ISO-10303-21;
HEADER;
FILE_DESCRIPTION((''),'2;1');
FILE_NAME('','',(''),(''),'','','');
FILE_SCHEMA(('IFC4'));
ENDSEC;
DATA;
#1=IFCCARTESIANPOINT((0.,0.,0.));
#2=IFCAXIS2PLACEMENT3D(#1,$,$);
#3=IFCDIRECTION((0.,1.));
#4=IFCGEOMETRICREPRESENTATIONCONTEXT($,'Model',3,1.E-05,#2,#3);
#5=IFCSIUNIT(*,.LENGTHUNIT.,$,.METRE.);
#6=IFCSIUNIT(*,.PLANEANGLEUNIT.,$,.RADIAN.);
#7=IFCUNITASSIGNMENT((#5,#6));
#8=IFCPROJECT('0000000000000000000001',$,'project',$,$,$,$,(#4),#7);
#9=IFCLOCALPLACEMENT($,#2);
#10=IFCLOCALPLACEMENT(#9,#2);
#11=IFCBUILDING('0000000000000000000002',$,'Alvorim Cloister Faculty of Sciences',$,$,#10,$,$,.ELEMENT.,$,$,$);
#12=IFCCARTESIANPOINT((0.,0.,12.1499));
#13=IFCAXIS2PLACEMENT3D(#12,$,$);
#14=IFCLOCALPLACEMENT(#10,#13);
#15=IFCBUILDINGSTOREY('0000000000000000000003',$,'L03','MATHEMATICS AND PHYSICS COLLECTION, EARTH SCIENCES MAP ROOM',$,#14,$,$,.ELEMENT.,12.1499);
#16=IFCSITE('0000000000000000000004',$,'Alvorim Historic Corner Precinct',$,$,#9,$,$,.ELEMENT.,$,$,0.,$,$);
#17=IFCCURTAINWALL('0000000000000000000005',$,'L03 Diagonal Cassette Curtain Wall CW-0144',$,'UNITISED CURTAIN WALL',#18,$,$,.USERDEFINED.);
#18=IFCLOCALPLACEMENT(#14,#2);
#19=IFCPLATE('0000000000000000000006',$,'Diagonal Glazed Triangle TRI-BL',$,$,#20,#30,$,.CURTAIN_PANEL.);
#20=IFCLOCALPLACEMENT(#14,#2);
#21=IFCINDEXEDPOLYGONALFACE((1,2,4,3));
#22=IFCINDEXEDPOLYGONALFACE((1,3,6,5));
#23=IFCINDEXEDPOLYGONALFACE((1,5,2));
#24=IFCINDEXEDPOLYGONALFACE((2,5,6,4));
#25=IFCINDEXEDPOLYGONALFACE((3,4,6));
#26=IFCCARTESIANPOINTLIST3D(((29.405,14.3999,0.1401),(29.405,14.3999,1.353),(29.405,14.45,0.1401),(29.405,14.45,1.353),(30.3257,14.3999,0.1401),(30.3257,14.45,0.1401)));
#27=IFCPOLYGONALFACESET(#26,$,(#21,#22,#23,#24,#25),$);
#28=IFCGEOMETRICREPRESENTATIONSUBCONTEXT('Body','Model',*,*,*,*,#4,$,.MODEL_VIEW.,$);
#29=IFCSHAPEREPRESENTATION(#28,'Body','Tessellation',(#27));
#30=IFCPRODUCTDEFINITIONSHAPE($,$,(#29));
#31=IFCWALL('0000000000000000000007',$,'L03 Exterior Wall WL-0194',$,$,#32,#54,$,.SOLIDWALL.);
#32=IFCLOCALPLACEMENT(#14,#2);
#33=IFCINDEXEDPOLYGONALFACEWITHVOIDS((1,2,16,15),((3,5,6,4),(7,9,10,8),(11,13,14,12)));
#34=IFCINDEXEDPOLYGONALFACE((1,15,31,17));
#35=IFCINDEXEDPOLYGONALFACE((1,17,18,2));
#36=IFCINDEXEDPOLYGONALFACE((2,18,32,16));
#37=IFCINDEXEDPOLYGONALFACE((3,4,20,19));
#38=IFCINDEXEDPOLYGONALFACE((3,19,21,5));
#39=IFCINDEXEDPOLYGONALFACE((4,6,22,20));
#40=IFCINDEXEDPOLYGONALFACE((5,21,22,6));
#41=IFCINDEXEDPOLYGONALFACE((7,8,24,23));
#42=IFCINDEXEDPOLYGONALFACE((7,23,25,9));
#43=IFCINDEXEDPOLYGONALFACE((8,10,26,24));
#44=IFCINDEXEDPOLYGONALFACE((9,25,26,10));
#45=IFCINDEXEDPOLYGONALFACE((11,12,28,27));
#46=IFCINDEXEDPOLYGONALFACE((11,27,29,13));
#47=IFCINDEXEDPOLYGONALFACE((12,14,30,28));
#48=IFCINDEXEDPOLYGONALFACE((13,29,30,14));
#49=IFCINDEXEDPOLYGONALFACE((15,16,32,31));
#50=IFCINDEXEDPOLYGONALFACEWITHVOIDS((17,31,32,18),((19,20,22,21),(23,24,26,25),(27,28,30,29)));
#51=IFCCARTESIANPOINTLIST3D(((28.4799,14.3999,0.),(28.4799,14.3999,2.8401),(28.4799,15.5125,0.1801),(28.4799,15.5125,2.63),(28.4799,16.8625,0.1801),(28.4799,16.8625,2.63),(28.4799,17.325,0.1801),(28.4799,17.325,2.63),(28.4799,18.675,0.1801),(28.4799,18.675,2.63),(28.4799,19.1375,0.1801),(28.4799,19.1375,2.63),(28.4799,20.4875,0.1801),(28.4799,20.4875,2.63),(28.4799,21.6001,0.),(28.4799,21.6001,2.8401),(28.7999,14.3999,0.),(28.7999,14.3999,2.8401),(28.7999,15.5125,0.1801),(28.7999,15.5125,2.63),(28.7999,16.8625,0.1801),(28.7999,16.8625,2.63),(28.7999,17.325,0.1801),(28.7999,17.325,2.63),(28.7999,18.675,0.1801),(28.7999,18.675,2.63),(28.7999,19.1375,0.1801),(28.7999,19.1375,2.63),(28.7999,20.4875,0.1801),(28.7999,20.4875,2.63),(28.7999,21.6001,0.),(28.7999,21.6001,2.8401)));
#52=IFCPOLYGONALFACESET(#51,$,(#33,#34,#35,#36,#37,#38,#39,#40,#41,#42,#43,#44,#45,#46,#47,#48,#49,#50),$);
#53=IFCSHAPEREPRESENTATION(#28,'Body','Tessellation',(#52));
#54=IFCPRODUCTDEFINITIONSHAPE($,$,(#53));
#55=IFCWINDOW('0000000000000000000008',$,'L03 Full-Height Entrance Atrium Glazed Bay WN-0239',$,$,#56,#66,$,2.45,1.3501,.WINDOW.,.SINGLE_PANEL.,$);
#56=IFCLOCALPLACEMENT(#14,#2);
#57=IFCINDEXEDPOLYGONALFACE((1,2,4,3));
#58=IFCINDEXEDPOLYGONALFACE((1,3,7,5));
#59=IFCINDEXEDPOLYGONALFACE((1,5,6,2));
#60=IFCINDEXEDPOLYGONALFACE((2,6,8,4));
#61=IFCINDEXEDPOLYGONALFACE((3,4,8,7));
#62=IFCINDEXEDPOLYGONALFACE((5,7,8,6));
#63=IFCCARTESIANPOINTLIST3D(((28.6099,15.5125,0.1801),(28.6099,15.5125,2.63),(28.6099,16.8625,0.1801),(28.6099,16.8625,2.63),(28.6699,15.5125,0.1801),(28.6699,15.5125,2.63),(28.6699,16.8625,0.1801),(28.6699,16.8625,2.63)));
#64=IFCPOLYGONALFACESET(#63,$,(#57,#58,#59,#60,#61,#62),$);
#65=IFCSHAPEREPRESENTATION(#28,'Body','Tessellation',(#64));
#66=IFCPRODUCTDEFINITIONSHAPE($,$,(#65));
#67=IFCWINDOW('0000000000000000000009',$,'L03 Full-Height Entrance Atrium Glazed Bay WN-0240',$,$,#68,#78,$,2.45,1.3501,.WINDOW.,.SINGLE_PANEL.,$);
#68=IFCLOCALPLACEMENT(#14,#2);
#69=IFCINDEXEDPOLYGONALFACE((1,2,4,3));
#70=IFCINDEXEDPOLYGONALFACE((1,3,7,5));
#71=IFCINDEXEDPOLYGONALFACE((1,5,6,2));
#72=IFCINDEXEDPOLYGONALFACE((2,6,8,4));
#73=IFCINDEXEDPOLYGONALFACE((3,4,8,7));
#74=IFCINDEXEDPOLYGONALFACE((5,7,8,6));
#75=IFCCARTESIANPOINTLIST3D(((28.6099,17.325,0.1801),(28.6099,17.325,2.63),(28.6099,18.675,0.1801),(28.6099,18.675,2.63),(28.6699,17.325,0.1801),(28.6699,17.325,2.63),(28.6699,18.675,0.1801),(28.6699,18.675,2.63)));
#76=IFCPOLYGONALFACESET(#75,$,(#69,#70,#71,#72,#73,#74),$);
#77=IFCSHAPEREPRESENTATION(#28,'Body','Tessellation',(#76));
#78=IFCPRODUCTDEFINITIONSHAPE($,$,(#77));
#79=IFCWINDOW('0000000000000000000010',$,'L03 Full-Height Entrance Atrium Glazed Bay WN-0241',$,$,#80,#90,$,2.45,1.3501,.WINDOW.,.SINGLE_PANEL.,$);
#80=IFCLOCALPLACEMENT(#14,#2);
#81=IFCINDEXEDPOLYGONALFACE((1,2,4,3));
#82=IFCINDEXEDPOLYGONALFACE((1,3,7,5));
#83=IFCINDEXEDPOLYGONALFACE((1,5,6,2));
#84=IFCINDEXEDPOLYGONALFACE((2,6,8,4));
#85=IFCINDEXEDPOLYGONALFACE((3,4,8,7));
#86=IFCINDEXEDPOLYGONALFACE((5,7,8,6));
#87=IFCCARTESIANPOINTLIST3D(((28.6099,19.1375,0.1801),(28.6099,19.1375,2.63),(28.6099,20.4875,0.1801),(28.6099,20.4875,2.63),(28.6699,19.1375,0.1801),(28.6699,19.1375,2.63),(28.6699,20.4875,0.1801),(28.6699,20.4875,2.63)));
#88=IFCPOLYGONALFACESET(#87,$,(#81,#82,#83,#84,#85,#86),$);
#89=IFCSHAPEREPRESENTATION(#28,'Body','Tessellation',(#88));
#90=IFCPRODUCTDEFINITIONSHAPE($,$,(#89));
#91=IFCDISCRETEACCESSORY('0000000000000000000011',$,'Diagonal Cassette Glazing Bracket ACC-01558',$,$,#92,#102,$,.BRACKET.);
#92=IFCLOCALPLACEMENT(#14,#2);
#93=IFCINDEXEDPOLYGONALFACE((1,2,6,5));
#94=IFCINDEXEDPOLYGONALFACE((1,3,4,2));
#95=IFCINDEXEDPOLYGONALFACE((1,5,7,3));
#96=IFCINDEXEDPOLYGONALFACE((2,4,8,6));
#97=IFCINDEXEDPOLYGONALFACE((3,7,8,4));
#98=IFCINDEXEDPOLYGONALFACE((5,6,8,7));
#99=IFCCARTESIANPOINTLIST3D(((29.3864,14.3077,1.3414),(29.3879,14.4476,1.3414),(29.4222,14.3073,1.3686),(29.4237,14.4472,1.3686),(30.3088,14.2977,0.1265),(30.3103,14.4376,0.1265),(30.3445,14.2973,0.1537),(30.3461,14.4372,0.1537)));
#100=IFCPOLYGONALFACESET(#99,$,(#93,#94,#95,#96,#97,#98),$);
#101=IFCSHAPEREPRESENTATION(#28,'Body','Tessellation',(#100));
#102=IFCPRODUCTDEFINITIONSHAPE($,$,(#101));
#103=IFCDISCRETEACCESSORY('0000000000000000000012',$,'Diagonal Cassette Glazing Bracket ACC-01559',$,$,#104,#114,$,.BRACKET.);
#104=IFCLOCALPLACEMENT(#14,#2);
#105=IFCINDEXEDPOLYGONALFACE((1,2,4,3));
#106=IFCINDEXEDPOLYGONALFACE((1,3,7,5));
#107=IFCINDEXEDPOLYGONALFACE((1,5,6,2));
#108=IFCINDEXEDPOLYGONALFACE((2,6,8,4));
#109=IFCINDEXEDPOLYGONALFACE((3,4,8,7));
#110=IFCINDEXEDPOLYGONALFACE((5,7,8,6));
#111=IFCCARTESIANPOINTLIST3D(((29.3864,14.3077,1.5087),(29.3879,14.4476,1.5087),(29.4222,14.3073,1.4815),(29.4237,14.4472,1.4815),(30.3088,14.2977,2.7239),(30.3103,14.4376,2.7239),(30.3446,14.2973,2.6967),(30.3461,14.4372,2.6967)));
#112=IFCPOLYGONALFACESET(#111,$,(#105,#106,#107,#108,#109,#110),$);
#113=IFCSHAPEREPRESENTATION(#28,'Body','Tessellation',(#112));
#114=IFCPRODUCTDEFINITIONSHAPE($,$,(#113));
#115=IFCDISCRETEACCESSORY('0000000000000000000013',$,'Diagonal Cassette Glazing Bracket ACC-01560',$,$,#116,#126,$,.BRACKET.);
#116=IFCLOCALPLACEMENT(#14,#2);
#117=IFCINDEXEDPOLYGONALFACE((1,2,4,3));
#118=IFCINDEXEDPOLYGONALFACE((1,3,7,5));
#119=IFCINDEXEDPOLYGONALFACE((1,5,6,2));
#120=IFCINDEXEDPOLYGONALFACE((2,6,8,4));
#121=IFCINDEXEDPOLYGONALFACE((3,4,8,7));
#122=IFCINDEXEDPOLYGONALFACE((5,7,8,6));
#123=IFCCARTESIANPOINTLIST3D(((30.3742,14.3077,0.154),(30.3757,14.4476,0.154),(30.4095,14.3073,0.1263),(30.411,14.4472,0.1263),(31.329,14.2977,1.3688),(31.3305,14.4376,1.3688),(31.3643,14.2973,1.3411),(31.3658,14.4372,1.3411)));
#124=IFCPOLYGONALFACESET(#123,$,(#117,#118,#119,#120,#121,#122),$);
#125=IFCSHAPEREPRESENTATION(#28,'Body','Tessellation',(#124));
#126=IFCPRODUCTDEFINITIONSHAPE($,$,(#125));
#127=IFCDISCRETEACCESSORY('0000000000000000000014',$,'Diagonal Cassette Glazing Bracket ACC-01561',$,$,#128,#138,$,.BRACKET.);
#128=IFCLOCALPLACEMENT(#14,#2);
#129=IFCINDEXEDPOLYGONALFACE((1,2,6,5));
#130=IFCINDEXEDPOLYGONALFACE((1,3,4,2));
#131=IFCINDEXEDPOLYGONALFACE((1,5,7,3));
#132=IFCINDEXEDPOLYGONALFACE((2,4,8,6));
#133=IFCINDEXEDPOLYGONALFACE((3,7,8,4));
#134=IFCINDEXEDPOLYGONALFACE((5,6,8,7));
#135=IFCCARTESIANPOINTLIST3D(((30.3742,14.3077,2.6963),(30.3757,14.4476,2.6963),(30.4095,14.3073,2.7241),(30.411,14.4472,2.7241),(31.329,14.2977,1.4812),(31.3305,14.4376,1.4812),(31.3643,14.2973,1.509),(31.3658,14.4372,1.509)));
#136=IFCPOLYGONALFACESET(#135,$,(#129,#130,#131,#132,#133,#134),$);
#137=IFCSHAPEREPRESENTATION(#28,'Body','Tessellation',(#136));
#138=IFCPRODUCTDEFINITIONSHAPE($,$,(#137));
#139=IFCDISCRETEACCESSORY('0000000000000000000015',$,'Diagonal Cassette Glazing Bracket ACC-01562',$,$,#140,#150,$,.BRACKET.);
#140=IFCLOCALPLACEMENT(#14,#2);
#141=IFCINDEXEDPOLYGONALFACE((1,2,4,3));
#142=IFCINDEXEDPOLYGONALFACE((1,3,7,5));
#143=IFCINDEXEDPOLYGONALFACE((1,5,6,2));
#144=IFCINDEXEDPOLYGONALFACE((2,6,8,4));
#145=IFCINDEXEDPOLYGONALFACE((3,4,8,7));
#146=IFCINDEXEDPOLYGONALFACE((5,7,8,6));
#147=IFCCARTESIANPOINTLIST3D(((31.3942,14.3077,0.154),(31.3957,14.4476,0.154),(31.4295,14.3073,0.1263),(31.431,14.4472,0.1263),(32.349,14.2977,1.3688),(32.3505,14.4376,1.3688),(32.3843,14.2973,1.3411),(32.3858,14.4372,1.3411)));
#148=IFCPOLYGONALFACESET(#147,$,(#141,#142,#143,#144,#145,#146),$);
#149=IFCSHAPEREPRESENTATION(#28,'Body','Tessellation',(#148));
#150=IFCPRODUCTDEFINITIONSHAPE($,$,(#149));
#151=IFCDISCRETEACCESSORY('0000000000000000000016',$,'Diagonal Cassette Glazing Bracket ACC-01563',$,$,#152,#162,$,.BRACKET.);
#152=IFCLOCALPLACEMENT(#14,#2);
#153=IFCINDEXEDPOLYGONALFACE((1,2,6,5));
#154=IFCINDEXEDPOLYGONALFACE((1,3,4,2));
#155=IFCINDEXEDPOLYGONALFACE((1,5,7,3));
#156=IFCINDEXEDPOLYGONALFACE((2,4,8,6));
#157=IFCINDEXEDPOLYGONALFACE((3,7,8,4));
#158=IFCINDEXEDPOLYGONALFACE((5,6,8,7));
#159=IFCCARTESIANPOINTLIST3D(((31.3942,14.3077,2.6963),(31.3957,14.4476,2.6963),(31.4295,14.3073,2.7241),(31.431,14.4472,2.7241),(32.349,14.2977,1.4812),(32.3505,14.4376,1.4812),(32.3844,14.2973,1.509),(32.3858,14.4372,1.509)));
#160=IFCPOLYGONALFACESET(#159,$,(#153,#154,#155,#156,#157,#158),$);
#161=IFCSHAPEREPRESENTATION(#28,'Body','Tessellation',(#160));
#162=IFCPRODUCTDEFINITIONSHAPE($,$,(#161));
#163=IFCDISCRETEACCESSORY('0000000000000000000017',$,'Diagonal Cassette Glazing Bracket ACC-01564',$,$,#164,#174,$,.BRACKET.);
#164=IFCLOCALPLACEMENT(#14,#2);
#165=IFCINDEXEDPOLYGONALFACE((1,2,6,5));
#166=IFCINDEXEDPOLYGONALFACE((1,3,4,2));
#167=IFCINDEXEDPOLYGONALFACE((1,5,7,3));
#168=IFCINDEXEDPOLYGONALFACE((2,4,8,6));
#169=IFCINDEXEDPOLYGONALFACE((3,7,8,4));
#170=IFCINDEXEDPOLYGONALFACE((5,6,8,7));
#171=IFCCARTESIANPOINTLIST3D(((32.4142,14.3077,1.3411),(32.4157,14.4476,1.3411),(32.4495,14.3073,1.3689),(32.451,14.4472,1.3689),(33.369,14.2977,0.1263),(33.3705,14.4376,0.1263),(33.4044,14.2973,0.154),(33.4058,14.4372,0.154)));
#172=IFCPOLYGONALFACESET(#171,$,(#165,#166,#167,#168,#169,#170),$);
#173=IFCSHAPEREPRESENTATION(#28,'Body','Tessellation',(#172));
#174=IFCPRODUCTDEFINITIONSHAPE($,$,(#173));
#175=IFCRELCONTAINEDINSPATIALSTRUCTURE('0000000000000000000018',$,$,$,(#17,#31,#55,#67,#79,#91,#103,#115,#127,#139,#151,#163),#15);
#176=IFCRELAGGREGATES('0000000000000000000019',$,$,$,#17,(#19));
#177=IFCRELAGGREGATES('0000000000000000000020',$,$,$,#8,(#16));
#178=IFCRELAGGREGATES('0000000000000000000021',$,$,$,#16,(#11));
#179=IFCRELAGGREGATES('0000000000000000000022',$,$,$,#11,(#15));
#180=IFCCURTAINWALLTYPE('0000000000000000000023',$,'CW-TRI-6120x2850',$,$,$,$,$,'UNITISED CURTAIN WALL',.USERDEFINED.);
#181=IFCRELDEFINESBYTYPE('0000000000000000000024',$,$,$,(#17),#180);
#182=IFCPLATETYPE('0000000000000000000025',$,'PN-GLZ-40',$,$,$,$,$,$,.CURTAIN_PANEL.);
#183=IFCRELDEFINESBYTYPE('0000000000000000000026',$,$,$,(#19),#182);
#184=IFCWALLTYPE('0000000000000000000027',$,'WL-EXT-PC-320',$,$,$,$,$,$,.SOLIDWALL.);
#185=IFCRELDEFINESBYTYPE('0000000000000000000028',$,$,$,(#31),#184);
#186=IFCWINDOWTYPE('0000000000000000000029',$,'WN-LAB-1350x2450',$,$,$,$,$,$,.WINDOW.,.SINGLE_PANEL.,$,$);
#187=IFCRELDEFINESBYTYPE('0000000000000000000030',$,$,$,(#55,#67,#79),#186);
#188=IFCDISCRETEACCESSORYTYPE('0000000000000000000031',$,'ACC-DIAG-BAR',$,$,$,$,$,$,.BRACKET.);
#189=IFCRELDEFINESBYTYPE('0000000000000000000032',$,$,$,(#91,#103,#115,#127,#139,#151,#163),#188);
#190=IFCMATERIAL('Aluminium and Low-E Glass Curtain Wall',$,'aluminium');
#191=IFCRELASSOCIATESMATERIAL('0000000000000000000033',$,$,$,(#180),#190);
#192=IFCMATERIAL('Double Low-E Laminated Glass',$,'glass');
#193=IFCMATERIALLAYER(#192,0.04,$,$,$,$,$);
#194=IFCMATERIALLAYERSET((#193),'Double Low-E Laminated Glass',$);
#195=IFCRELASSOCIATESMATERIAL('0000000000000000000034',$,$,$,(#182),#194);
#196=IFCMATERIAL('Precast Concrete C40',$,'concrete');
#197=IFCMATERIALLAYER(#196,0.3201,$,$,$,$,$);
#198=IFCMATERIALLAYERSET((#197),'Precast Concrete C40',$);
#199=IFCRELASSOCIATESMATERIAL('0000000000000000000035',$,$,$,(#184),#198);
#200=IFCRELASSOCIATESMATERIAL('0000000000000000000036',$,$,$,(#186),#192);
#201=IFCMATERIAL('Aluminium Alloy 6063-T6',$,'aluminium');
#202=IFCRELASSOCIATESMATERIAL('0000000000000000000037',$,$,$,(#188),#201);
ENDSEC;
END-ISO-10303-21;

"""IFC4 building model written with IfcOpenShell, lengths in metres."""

from ifc_helpers import new_model, si_unit, direction, frame, frame_2d, origin, origin_2d, place, context, subcontext, project, spatial, polyline, rectangle, outline, extrude, material, layer, layer_set, type_object, element, fill, aggregate, save


model = new_model("IFC4")

# Units and contexts
model_context = context("Model", 3, precision=1e-05, world=origin(), true_north=direction((0.0, 1.0)))
body_context = subcontext(model_context, "Body", "Model", "MODEL_VIEW")
ifc_project = project(units=[si_unit("LENGTHUNIT", "METRE"), si_unit("PLANEANGLEUNIT", "RADIAN")], contexts=[model_context])

# Site, building, storey
site_placement = place(None, origin())
site = spatial("IfcSite", under=ifc_project, at=site_placement, Name="Alvorim Historic Corner Precinct", CompositionType="ELEMENT", RefElevation=0.0)
building_placement = place(site_placement, origin())
building = spatial("IfcBuilding", under=site, at=building_placement, Name="Alvorim Cloister Faculty of Sciences", CompositionType="ELEMENT")
storey_placement = place(building_placement, frame((0.0, 0.0, 12.1499)))
storey = spatial("IfcBuildingStorey", under=building, at=storey_placement, Name="L03", Description="MATHEMATICS AND PHYSICS COLLECTION, EARTH SCIENCES MAP ROOM", CompositionType="ELEMENT", Elevation=12.1499)

# Curtain wall, plate
ifc_material_1 = material(Name="Aluminium and Low-E Glass Curtain Wall", Category="aluminium")
curtain_wall_type = type_object("IfcCurtainWallType", Name="CW-TRI-6120x2850", ElementType="UNITISED CURTAIN WALL", PredefinedType="USERDEFINED", material=ifc_material_1)
curtain_wall_placement = place(storey_placement, origin())
curtain_wall = element("IfcCurtainWall", 1, at=curtain_wall_placement, inside=storey, type_object=curtain_wall_type, Name="L03 Diagonal Cassette Curtain Wall CW-0144", ObjectType="UNITISED CURTAIN WALL", PredefinedType="USERDEFINED")
ifc_material_2 = material(Name="Aluminium Alloy 6063-T6", Category="aluminium")
ifc_material_3 = material(Name="Double Low-E Laminated Glass", Category="glass")
ifc_layer_1 = layer(ifc_material_3, 0.04)
ifc_layer_set_1 = layer_set([ifc_layer_1], Name="Double Low-E Laminated Glass")
plate_type = type_object("IfcPlateType", Name="PN-GLZ-40", PredefinedType="CURTAIN_PANEL", material=ifc_layer_set_1)
plate_1_placement = place(storey_placement, frame((29.405, 14.425, 0.1401), z_axis=(0.0, 0.0, 1.0), x_axis=(1.0, 0.0, 0.0)))
plate_1 = element("IfcPlate", 2, at=plate_1_placement, type_object=plate_type, Name="Diagonal Glazed Triangle TRI-BL", PredefinedType="CURTAIN_PANEL", context=body_context, shape_type="SweptSolid", body=[
    extrude(outline(polyline([(0.0, 0.0), (0.9207, 0.0), (0.0, 1.2129), (0.0, 0.0)])), frame((0.0, 0.0249, 0.0), z_axis=(0.0, -1.0, 0.0), x_axis=(1.0, 0.0, 0.0)), (0.0, 0.0, 1.0), 0.05),
])
aggregate(curtain_wall, [plate_1])

# Wall, openings, windows
ifc_material_4 = material(Name="Precast Concrete C40", Category="concrete")
ifc_layer_2 = layer(ifc_material_4, 0.3201)
ifc_layer_set_2 = layer_set([ifc_layer_2], Name="Precast Concrete C40")
wall_type = type_object("IfcWallType", Name="WL-EXT-PC-320", PredefinedType="SOLIDWALL", material=ifc_layer_set_2)
wall_placement = place(storey_placement, frame((28.6399, 14.3999, 0.0), z_axis=(0.0, 0.0, 1.0), x_axis=(0.0, 1.0, 0.0)))
wall = element("IfcWall", 3, at=wall_placement, inside=storey, type_object=wall_type, Name="L03 Exterior Wall WL-0194", PredefinedType="SOLIDWALL", context=body_context, shape_type="SweptSolid", body=[
    extrude(rectangle(XDim=7.2002, YDim=0.3201, at=frame_2d((3.6001, 0.0))), origin(), (0.0, 0.0, 1.0), 2.8401),
])
opening_1_placement = place(wall_placement, frame((1.1125, 0.0, 0.1799)))
opening_1 = element("IfcOpeningElement", 4, at=opening_1_placement, cuts=wall, PredefinedType="OPENING", context=body_context, shape_type="SweptSolid", body=[
    extrude(rectangle(XDim=1.3501, YDim=2.45, at=frame_2d((0.675, 1.2251))), frame((0.0, 0.1719, 0.0), z_axis=(0.0, -1.0, 0.0), x_axis=(1.0, 0.0, 0.0)), (0.0, 0.0, 1.0), 0.344),
])
opening_2_placement = place(wall_placement, frame((2.925, 0.0, 0.1799)))
opening_2 = element("IfcOpeningElement", 5, at=opening_2_placement, cuts=wall, PredefinedType="OPENING", context=body_context, shape_type="SweptSolid", body=[
    extrude(rectangle(XDim=1.3501, YDim=2.45, at=frame_2d((0.675, 1.2251))), frame((0.0, 0.1719, 0.0), z_axis=(0.0, -1.0, 0.0), x_axis=(1.0, 0.0, 0.0)), (0.0, 0.0, 1.0), 0.344),
])
opening_3_placement = place(wall_placement, frame((4.7375, 0.0, 0.1799)))
opening_3 = element("IfcOpeningElement", 6, at=opening_3_placement, cuts=wall, PredefinedType="OPENING", context=body_context, shape_type="SweptSolid", body=[
    extrude(rectangle(XDim=1.3501, YDim=2.45, at=frame_2d((0.675, 1.2251))), frame((0.0, 0.1719, 0.0), z_axis=(0.0, -1.0, 0.0), x_axis=(1.0, 0.0, 0.0)), (0.0, 0.0, 1.0), 0.344),
])
window_type = type_object("IfcWindowType", Name="WN-LAB-1350x2450", PartitioningType="SINGLE_PANEL", PredefinedType="WINDOW", material=ifc_material_3)
window_1_placement = place(opening_1_placement, origin())
window_1 = element("IfcWindow", 7, at=window_1_placement, inside=storey, type_object=window_type, Name="L03 Full-Height Entrance Atrium Glazed Bay WN-0239", OverallHeight=2.45, OverallWidth=1.3501, PartitioningType="SINGLE_PANEL", PredefinedType="WINDOW", context=body_context, shape_type="SweptSolid", body=[
    extrude(rectangle(XDim=1.3501, YDim=2.45, at=frame_2d((0.675, 1.2251))), frame((0.0, 0.03, 0.0), z_axis=(0.0, -1.0, 0.0), x_axis=(1.0, 0.0, 0.0)), (0.0, 0.0, 1.0), 0.0601),
])
fill(opening_1, window_1)
window_2_placement = place(opening_2_placement, origin())
window_2 = element("IfcWindow", 8, at=window_2_placement, inside=storey, type_object=window_type, Name="L03 Full-Height Entrance Atrium Glazed Bay WN-0240", OverallHeight=2.45, OverallWidth=1.3501, PartitioningType="SINGLE_PANEL", PredefinedType="WINDOW", context=body_context, shape_type="SweptSolid", body=[
    extrude(rectangle(XDim=1.3501, YDim=2.45, at=frame_2d((0.675, 1.2251))), frame((0.0, 0.03, 0.0), z_axis=(0.0, -1.0, 0.0), x_axis=(1.0, 0.0, 0.0)), (0.0, 0.0, 1.0), 0.0601),
])
fill(opening_2, window_2)
window_3_placement = place(opening_3_placement, origin())
window_3 = element("IfcWindow", 9, at=window_3_placement, inside=storey, type_object=window_type, Name="L03 Full-Height Entrance Atrium Glazed Bay WN-0241", OverallHeight=2.45, OverallWidth=1.3501, PartitioningType="SINGLE_PANEL", PredefinedType="WINDOW", context=body_context, shape_type="SweptSolid", body=[
    extrude(rectangle(XDim=1.3501, YDim=2.45, at=frame_2d((0.675, 1.2251))), frame((0.0, 0.03, 0.0), z_axis=(0.0, -1.0, 0.0), x_axis=(1.0, 0.0, 0.0)), (0.0, 0.0, 1.0), 0.0601),
])
fill(opening_3, window_3)

# Discrete accessories
discrete_accessory_type = type_object("IfcDiscreteAccessoryType", Name="ACC-DIAG-BAR", PredefinedType="BRACKET", material=ifc_material_2)
discrete_accessory_1_placement = place(storey_placement, frame((29.405, 14.3774, 1.355), z_axis=(0.604689, -0.006562, -0.796435), x_axis=(0.010852, 0.999941, 0.0)))
element("IfcDiscreteAccessory", 10, at=discrete_accessory_1_placement, inside=storey, type_object=discrete_accessory_type, Name="Diagonal Cassette Glazing Bracket ACC-01558", PredefinedType="BRACKET", context=body_context, shape_type="SweptSolid", body=[
    extrude(rectangle(XDim=0.1399, YDim=0.0449, at=origin_2d()), origin(), (0.0, 0.0, 1.0), 1.5254),
])
discrete_accessory_2_placement = place(storey_placement, frame((29.405, 14.3774, 1.4951), z_axis=(0.604612, -0.006561, 0.796493), x_axis=(0.010852, 0.999941, 0.0)))
element("IfcDiscreteAccessory", 11, at=discrete_accessory_2_placement, inside=storey, type_object=discrete_accessory_type, Name="Diagonal Cassette Glazing Bracket ACC-01559", PredefinedType="BRACKET", context=body_context, shape_type="SweptSolid", body=[
    extrude(rectangle(XDim=0.1399, YDim=0.0449, at=origin_2d()), origin(), (0.0, 0.0, 1.0), 1.5256),
])
discrete_accessory_3_placement = place(storey_placement, frame((30.3926, 14.3774, 0.1401), z_axis=(0.617934, -0.006478, 0.786203), x_axis=(0.010483, 0.999945, 0.0)))
element("IfcDiscreteAccessory", 12, at=discrete_accessory_3_placement, inside=storey, type_object=discrete_accessory_type, Name="Diagonal Cassette Glazing Bracket ACC-01560", PredefinedType="BRACKET", context=body_context, shape_type="SweptSolid", body=[
    extrude(rectangle(XDim=0.1399, YDim=0.0449, at=origin_2d()), origin(), (0.0, 0.0, 1.0), 1.5452),
])
discrete_accessory_4_placement = place(storey_placement, frame((30.3926, 14.3774, 2.7102), z_axis=(0.617857, -0.006477, -0.786263), x_axis=(0.010483, 0.999945, 0.0)))
element("IfcDiscreteAccessory", 13, at=discrete_accessory_4_placement, inside=storey, type_object=discrete_accessory_type, Name="Diagonal Cassette Glazing Bracket ACC-01561", PredefinedType="BRACKET", context=body_context, shape_type="SweptSolid", body=[
    extrude(rectangle(XDim=0.1399, YDim=0.0449, at=origin_2d()), origin(), (0.0, 0.0, 1.0), 1.5454),
])
discrete_accessory_5_placement = place(storey_placement, frame((31.4126, 14.3774, 0.1401), z_axis=(0.617934, -0.006478, 0.786203), x_axis=(0.010483, 0.999945, 0.0)))
element("IfcDiscreteAccessory", 14, at=discrete_accessory_5_placement, inside=storey, type_object=discrete_accessory_type, Name="Diagonal Cassette Glazing Bracket ACC-01562", PredefinedType="BRACKET", context=body_context, shape_type="SweptSolid", body=[
    extrude(rectangle(XDim=0.1399, YDim=0.0449, at=origin_2d()), origin(), (0.0, 0.0, 1.0), 1.5452),
])
discrete_accessory_6_placement = place(storey_placement, frame((31.4126, 14.3774, 2.7102), z_axis=(0.617857, -0.006477, -0.786263), x_axis=(0.010483, 0.999945, 0.0)))
element("IfcDiscreteAccessory", 15, at=discrete_accessory_6_placement, inside=storey, type_object=discrete_accessory_type, Name="Diagonal Cassette Glazing Bracket ACC-01563", PredefinedType="BRACKET", context=body_context, shape_type="SweptSolid", body=[
    extrude(rectangle(XDim=0.1399, YDim=0.0449, at=origin_2d()), origin(), (0.0, 0.0, 1.0), 1.5454),
])
discrete_accessory_7_placement = place(storey_placement, frame((32.4326, 14.3774, 1.355), z_axis=(0.617934, -0.006478, -0.786203), x_axis=(0.010483, 0.999945, 0.0)))
element("IfcDiscreteAccessory", 16, at=discrete_accessory_7_placement, inside=storey, type_object=discrete_accessory_type, Name="Diagonal Cassette Glazing Bracket ACC-01564", PredefinedType="BRACKET", context=body_context, shape_type="SweptSolid", body=[
    extrude(rectangle(XDim=0.1399, YDim=0.0449, at=origin_2d()), origin(), (0.0, 0.0, 1.0), 1.5452),
])

save(model, "model.ifc")
